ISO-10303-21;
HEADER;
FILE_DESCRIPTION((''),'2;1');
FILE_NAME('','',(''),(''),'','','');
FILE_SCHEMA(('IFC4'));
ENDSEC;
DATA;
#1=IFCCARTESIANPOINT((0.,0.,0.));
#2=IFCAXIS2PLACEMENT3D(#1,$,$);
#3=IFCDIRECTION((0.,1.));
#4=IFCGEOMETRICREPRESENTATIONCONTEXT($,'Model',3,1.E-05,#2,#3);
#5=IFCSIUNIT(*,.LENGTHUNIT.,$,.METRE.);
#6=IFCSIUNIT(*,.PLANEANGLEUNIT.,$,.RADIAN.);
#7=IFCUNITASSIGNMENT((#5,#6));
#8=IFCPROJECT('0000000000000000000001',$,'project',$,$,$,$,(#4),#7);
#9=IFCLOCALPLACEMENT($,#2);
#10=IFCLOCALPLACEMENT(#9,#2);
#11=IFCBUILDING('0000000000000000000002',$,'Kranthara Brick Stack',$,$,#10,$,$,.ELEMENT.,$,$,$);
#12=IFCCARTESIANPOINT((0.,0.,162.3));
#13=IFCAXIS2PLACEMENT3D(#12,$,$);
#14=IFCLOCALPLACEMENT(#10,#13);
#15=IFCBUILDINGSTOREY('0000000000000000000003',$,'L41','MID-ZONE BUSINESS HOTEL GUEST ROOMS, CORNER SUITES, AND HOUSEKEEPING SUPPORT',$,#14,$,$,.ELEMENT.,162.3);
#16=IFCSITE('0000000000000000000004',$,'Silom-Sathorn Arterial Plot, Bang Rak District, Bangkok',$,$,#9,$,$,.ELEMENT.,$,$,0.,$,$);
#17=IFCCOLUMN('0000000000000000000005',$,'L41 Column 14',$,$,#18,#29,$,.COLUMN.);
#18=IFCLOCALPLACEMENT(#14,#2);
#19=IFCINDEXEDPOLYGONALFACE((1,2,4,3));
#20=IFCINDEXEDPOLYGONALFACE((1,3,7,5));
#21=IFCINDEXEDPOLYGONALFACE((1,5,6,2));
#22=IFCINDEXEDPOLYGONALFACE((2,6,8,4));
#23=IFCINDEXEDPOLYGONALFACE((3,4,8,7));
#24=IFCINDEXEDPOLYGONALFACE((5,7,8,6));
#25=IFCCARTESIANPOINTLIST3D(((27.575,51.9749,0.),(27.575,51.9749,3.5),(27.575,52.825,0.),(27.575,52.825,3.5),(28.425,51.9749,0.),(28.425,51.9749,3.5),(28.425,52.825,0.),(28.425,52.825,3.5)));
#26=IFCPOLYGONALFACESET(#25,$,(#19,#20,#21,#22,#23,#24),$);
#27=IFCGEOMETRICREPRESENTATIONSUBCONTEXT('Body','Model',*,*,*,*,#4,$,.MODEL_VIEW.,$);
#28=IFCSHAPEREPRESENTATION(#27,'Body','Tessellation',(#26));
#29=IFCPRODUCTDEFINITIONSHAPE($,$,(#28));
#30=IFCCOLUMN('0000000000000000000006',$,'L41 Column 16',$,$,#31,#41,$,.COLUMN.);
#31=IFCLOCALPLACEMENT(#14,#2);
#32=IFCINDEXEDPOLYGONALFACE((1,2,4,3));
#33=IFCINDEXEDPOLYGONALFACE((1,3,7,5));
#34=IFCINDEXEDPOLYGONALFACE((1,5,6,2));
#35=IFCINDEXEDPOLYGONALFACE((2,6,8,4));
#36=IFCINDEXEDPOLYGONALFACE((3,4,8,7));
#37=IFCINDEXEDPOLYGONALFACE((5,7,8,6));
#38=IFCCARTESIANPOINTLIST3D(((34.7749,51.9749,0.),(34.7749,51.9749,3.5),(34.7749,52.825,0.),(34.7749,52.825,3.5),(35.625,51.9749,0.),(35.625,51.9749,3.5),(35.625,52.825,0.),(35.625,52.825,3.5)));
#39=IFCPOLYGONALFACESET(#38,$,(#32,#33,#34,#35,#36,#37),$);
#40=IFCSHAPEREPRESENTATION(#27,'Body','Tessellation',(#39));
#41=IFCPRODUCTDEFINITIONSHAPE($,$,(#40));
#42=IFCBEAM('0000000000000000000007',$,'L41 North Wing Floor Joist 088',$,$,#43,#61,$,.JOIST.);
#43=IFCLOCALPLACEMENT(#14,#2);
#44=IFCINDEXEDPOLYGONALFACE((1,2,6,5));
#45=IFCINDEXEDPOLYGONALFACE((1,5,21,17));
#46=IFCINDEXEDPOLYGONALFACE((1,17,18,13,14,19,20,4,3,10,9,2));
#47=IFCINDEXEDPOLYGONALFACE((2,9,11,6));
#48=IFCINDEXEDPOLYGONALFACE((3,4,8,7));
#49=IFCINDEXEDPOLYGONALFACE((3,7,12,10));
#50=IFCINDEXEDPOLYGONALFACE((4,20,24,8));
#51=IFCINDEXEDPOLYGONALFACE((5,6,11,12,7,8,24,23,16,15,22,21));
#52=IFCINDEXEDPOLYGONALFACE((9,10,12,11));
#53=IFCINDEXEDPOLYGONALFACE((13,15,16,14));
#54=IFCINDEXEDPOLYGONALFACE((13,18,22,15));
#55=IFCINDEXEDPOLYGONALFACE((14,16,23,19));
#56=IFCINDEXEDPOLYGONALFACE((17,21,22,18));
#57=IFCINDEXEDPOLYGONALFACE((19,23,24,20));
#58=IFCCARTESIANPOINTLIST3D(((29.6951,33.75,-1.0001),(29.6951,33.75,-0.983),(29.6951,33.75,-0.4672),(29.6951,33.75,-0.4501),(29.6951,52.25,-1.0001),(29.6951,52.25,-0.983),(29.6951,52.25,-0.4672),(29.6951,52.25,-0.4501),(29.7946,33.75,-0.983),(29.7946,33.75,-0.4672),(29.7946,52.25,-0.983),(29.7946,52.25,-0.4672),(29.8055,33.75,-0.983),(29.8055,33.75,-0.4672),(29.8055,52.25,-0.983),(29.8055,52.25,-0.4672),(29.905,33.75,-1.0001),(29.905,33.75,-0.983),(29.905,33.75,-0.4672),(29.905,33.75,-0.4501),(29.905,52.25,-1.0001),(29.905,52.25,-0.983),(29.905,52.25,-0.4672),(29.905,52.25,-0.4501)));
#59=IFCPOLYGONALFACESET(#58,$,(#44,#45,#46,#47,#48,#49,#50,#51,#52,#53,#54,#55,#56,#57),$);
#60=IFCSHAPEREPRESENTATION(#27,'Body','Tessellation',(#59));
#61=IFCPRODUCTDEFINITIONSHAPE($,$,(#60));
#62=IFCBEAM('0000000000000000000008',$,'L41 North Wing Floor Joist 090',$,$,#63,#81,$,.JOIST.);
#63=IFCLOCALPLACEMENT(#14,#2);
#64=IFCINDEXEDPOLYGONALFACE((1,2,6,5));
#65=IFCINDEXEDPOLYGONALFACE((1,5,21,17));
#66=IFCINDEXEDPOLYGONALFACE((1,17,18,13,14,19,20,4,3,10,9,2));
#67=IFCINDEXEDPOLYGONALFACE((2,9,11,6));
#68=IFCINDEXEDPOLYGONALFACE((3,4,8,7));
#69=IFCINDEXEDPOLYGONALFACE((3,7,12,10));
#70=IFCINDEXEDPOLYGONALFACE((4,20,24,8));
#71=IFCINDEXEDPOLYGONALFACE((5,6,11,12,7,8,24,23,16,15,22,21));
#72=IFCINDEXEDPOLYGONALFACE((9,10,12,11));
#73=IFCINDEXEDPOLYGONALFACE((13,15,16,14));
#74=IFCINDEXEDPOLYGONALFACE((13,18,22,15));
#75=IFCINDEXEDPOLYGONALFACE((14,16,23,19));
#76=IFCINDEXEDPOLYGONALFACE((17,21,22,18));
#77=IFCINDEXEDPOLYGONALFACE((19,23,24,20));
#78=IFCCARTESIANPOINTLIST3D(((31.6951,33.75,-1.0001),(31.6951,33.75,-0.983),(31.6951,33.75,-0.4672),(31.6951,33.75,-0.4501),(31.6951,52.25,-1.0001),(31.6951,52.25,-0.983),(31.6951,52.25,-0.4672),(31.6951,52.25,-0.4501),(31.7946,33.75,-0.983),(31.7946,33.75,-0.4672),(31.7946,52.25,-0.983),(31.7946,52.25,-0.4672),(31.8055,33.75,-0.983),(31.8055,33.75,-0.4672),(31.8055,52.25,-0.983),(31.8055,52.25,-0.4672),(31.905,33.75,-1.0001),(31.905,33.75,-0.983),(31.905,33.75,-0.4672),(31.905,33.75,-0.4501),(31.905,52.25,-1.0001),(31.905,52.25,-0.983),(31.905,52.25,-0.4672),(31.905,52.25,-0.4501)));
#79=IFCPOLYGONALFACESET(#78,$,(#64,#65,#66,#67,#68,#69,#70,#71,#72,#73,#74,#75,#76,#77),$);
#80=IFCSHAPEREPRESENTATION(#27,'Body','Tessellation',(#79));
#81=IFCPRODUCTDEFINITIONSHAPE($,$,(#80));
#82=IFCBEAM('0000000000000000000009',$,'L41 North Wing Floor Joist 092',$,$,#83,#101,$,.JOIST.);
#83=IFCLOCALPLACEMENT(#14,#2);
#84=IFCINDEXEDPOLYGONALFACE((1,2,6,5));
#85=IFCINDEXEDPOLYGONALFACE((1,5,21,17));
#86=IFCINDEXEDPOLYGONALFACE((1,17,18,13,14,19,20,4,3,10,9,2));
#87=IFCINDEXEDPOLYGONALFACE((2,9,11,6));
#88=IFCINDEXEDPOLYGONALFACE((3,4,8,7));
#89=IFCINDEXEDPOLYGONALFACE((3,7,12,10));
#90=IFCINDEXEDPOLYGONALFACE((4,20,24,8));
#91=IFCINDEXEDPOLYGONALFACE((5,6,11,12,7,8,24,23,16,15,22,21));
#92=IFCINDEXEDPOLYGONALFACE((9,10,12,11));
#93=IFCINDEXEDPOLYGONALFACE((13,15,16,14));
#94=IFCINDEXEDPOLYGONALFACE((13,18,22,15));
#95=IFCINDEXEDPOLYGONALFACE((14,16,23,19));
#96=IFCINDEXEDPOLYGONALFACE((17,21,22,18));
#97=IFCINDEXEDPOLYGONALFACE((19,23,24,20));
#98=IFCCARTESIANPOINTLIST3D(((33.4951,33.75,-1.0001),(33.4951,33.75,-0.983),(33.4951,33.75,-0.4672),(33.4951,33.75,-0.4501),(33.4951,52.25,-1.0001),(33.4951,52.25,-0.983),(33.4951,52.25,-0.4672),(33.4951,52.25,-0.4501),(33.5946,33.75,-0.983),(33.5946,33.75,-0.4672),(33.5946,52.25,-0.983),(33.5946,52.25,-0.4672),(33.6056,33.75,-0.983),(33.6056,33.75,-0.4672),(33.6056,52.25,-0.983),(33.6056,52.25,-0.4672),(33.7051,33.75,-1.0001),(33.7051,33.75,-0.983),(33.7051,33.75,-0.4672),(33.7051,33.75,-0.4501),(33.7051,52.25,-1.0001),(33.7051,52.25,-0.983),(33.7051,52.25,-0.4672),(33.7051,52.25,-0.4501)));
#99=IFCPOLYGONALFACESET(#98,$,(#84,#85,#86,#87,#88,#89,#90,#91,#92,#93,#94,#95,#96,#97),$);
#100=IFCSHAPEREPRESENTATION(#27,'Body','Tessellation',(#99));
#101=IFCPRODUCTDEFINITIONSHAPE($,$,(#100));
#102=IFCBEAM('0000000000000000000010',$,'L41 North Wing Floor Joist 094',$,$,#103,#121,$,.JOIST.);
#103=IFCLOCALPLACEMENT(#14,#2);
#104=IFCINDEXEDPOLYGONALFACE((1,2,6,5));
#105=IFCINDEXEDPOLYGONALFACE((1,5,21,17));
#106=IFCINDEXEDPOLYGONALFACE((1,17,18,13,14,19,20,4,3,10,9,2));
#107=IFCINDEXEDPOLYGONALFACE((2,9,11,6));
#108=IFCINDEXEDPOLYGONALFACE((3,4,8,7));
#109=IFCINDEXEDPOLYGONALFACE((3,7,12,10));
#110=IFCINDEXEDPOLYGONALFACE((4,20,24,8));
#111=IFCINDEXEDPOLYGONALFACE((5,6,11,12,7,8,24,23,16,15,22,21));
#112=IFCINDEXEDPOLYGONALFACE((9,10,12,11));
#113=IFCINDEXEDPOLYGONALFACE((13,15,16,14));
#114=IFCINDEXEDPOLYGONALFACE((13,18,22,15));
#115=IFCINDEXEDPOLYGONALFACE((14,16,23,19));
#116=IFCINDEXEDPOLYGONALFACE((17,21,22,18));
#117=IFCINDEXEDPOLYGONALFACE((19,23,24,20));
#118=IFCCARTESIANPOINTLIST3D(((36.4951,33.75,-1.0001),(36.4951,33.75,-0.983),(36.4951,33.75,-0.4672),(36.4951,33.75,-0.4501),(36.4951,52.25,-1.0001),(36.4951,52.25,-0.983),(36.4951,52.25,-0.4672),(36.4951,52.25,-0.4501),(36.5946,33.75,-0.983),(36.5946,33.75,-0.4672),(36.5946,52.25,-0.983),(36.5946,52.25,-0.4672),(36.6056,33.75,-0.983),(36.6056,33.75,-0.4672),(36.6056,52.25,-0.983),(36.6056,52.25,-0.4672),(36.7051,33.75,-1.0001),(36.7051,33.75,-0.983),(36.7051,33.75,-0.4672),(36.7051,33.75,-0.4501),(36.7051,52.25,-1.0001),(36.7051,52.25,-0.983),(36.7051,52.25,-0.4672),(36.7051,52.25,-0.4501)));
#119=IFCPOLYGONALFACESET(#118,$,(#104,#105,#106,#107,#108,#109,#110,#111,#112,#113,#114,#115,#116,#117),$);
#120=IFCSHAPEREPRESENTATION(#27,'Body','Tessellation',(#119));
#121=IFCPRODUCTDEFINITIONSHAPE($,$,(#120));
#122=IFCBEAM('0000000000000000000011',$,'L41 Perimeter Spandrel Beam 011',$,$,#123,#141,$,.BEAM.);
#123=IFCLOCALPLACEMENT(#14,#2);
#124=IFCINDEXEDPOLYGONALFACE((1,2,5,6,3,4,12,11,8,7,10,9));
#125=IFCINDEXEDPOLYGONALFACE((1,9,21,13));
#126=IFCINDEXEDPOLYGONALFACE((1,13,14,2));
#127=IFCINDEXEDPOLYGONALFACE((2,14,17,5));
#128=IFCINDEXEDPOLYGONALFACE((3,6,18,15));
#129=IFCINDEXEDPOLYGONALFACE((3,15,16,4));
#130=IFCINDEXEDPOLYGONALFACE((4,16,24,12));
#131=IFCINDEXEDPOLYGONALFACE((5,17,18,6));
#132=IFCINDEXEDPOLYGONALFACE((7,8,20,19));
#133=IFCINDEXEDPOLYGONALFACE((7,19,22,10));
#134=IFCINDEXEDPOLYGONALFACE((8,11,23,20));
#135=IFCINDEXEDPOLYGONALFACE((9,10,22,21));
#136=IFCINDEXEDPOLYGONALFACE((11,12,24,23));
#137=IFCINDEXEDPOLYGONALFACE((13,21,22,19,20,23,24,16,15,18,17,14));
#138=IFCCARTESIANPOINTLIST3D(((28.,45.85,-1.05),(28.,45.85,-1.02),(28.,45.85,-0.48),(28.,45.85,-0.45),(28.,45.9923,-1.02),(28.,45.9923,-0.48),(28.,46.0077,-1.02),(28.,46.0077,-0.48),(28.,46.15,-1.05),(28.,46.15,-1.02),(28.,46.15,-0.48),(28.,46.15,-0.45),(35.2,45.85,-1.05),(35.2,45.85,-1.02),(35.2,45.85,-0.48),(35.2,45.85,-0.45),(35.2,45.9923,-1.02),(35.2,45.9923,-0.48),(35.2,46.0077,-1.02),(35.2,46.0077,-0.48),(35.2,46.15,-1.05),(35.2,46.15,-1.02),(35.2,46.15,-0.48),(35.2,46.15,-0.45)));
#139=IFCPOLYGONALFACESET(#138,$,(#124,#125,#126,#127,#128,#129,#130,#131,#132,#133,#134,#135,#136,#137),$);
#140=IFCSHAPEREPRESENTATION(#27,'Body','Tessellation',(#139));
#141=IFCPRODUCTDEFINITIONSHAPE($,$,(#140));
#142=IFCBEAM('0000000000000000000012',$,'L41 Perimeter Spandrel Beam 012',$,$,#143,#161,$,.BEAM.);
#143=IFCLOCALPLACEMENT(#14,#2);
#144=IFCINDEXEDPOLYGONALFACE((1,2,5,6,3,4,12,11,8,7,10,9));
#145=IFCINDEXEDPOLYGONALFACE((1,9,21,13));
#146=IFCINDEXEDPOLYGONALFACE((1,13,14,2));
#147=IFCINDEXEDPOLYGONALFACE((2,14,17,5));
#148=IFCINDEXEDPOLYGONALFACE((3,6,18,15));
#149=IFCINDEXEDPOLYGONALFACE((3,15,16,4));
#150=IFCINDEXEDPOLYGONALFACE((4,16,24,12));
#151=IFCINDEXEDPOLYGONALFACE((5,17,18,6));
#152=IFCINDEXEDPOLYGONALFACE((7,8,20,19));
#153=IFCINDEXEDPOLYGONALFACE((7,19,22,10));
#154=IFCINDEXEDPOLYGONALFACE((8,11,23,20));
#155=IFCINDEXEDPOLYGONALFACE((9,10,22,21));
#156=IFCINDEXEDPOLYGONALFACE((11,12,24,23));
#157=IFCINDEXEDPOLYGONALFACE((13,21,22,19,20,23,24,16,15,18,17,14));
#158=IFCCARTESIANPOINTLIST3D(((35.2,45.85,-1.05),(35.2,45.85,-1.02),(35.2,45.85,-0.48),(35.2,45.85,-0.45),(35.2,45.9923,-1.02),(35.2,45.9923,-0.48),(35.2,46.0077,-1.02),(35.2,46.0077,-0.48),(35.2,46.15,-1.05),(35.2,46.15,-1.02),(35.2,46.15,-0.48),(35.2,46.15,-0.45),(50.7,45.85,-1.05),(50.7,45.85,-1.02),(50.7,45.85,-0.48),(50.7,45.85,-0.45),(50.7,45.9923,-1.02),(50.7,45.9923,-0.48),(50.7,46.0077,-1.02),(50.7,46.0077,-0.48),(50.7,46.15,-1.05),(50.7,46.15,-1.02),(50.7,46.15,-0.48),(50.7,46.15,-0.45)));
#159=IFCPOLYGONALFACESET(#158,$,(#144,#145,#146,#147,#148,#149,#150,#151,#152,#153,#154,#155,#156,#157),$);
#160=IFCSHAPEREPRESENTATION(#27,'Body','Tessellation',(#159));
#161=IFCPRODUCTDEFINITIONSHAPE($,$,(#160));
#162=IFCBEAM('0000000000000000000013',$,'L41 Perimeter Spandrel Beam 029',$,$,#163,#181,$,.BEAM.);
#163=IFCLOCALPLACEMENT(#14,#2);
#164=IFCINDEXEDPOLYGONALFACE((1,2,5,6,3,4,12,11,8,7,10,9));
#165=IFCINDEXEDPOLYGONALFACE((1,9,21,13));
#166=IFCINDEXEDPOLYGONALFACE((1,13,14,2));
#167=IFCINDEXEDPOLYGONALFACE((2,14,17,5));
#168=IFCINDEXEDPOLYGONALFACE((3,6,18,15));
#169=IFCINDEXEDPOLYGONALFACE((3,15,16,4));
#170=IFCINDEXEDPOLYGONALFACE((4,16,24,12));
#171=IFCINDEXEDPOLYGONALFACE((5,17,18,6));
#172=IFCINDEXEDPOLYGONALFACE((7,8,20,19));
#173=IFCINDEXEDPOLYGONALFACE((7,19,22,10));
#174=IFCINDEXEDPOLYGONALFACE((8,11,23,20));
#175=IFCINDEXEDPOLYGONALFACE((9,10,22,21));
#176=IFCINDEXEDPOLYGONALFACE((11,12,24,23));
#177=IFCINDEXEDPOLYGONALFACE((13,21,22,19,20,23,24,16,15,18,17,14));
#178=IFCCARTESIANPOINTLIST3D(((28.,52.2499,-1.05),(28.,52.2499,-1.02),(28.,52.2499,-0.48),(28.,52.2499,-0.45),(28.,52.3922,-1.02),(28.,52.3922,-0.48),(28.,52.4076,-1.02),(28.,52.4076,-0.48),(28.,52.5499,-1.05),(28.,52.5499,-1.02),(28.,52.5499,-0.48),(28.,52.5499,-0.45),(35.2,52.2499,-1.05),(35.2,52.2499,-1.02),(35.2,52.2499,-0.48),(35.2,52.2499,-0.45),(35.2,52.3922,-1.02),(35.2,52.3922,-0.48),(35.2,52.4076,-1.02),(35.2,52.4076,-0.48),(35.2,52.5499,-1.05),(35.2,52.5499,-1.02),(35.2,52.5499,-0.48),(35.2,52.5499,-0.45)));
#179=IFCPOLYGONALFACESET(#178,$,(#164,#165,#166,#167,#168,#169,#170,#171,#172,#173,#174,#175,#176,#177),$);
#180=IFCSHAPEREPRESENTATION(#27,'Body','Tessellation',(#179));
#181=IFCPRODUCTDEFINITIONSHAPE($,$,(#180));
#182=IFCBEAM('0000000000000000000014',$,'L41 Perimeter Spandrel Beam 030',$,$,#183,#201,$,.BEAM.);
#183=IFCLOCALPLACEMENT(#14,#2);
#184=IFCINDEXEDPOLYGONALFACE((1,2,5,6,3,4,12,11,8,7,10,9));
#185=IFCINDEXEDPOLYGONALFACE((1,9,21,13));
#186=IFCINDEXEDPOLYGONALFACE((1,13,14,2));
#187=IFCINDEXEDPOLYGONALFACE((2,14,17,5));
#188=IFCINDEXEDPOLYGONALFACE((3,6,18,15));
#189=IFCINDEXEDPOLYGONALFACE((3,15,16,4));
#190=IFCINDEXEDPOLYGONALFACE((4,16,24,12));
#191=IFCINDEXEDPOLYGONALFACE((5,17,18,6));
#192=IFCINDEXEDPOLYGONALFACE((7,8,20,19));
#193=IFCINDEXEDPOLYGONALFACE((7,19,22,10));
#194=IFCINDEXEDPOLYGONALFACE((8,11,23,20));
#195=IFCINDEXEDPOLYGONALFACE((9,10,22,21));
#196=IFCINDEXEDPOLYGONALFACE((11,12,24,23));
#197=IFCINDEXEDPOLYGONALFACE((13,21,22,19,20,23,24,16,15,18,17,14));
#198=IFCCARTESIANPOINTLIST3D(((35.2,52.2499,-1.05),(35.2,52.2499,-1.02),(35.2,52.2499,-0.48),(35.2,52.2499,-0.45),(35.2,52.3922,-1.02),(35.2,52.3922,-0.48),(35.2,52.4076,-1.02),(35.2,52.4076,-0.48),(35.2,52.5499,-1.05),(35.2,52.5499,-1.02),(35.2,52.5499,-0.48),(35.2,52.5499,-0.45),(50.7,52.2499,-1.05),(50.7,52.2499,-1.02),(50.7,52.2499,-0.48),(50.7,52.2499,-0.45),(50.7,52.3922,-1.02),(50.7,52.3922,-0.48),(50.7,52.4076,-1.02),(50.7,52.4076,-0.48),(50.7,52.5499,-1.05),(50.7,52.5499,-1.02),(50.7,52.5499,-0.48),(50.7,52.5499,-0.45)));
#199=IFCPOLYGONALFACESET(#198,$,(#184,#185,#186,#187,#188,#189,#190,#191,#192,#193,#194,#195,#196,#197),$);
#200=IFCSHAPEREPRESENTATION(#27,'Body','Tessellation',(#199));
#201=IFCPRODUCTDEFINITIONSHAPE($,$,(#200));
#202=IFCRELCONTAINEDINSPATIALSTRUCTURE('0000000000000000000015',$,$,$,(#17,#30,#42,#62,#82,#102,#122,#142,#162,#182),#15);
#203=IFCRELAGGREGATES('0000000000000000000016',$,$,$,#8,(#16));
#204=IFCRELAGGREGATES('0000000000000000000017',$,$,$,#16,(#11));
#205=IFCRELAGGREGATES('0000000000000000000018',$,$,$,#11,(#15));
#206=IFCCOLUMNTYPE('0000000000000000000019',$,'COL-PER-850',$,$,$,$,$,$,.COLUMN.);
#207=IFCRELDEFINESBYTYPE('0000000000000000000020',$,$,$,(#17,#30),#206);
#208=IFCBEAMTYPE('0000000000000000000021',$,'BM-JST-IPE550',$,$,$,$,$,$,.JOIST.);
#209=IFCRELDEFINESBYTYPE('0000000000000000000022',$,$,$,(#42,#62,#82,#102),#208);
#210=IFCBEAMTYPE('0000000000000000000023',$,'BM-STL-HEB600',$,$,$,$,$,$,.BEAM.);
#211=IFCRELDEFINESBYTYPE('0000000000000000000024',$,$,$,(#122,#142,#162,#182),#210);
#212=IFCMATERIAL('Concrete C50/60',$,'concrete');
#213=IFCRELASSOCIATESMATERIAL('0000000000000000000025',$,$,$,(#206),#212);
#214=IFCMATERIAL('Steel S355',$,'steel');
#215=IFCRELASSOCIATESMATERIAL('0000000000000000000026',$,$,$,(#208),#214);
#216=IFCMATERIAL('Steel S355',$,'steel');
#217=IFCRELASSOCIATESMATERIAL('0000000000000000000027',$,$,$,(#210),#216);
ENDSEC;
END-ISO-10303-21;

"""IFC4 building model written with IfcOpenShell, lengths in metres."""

from ifc_helpers import new_model, si_unit, direction, frame, origin, origin_2d, place, context, subcontext, project, spatial, rectangle, i_section, extrude, material, material_profile, profile_set, type_object, element, save


model = new_model("IFC4")

# Units and contexts
model_context = context("Model", 3, precision=1e-05, world=origin(), true_north=direction((0.0, 1.0)))
body_context = subcontext(model_context, "Body", "Model", "MODEL_VIEW")
ifc_project = project(units=[si_unit("LENGTHUNIT", "METRE"), si_unit("PLANEANGLEUNIT", "RADIAN")], contexts=[model_context])

# Site, building, storey
site_placement = place(None, origin())
site = spatial("IfcSite", under=ifc_project, at=site_placement, Name="Silom-Sathorn Arterial Plot, Bang Rak District, Bangkok", CompositionType="ELEMENT", RefElevation=0.0)
building_placement = place(site_placement, origin())
building = spatial("IfcBuilding", under=site, at=building_placement, Name="Kranthara Brick Stack", CompositionType="ELEMENT")
storey_placement = place(building_placement, frame((0.0, 0.0, 162.3)))
storey = spatial("IfcBuildingStorey", under=building, at=storey_placement, Name="L41", Description="MID-ZONE BUSINESS HOTEL GUEST ROOMS, CORNER SUITES, AND HOUSEKEEPING SUPPORT", CompositionType="ELEMENT", Elevation=162.3)

# Columns
ifc_material_1 = material(Name="Concrete C50/60", Category="concrete")
ifc_material_profile_1 = material_profile(ifc_material_1, rectangle(XDim=0.8501, YDim=0.8501, at=origin_2d()), Name="RC 850x850")
ifc_profile_set_1 = profile_set([ifc_material_profile_1], Name="Concrete C50/60")
column_type = type_object("IfcColumnType", Name="COL-PER-850", PredefinedType="COLUMN", material=ifc_profile_set_1)
for number, where, z_axis, x_axis, name in (
    (1, (28.0, 52.3999, 0.0), (0.0, 0.0, 1.0), (1.0, 0.0, 0.0), "L41 Column 14"),
    (2, (35.2, 52.3999, 0.0), (0.0, 0.0, 1.0), (1.0, 0.0, 0.0), "L41 Column 16"),
):
    element("IfcColumn", number, at=place(storey_placement, frame(where, z_axis=z_axis, x_axis=x_axis)), inside=storey, type_object=column_type, Name=name, PredefinedType="COLUMN", context=body_context, shape_type="SweptSolid", body=[
        extrude(rectangle(XDim=0.8501, YDim=0.8501, at=origin_2d()), origin(), (0.0, 0.0, 1.0), 3.5),
    ])

# Beams
ifc_material_2 = material(Name="Steel S355", Category="steel")
ifc_material_profile_2 = material_profile(ifc_material_2, i_section(OverallWidth=0.21, OverallDepth=0.55, WebThickness=0.011, FlangeThickness=0.0171, at=origin_2d()), Name="IPE 550")
ifc_profile_set_2 = profile_set([ifc_material_profile_2], Name="Steel S355")
beam_type_1 = type_object("IfcBeamType", Name="BM-JST-IPE550", PredefinedType="JOIST", material=ifc_profile_set_2)
for number, where, z_axis, x_axis, name in (
    (3, (29.8, 33.75, -0.7251), (0.0, 1.0, 0.0), (-1.0, 0.0, 0.0), "L41 North Wing Floor Joist 088"),
    (4, (31.8, 33.75, -0.7251), (0.0, 1.0, 0.0), (-1.0, 0.0, 0.0), "L41 North Wing Floor Joist 090"),
    (5, (33.6001, 33.75, -0.7251), (0.0, 1.0, 0.0), (-1.0, 0.0, 0.0), "L41 North Wing Floor Joist 092"),
    (6, (36.6001, 33.75, -0.7251), (0.0, 1.0, 0.0), (-1.0, 0.0, 0.0), "L41 North Wing Floor Joist 094"),
):
    element("IfcBeam", number, at=place(storey_placement, frame(where, z_axis=z_axis, x_axis=x_axis)), inside=storey, type_object=beam_type_1, Name=name, PredefinedType="JOIST", context=body_context, shape_type="SweptSolid", body=[
        extrude(i_section(OverallWidth=0.21, OverallDepth=0.55, WebThickness=0.011, FlangeThickness=0.0171, at=origin_2d()), origin(), (0.0, 0.0, 1.0), 18.5),
    ])
ifc_material_3 = material(Name="Steel S355", Category="steel")
ifc_material_profile_3 = material_profile(ifc_material_3, i_section(OverallWidth=0.3, OverallDepth=0.6001, WebThickness=0.0154, FlangeThickness=0.03, at=origin_2d()), Name="HEB 600")
ifc_profile_set_3 = profile_set([ifc_material_profile_3], Name="Steel S355")
beam_type_2 = type_object("IfcBeamType", Name="BM-STL-HEB600", PredefinedType="BEAM", material=ifc_profile_set_3)
beam_1_placement = place(storey_placement, frame((28.0, 46.0, -0.75), z_axis=(1.0, 0.0, 0.0), x_axis=(0.0, 1.0, 0.0)))
element("IfcBeam", 7, at=beam_1_placement, inside=storey, type_object=beam_type_2, Name="L41 Perimeter Spandrel Beam 011", PredefinedType="BEAM", context=body_context, shape_type="SweptSolid", body=[
    extrude(i_section(OverallWidth=0.3, OverallDepth=0.6001, WebThickness=0.0154, FlangeThickness=0.03, at=origin_2d()), origin(), (0.0, 0.0, 1.0), 7.2),
])
beam_2_placement = place(storey_placement, frame((35.2, 46.0, -0.75), z_axis=(1.0, 0.0, 0.0), x_axis=(0.0, 1.0, 0.0)))
element("IfcBeam", 8, at=beam_2_placement, inside=storey, type_object=beam_type_2, Name="L41 Perimeter Spandrel Beam 012", PredefinedType="BEAM", context=body_context, shape_type="SweptSolid", body=[
    extrude(i_section(OverallWidth=0.3, OverallDepth=0.6001, WebThickness=0.0154, FlangeThickness=0.03, at=origin_2d()), origin(), (0.0, 0.0, 1.0), 15.5),
])
beam_3_placement = place(storey_placement, frame((28.0, 52.3999, -0.75), z_axis=(1.0, 0.0, 0.0), x_axis=(0.0, 1.0, 0.0)))
element("IfcBeam", 9, at=beam_3_placement, inside=storey, type_object=beam_type_2, Name="L41 Perimeter Spandrel Beam 029", PredefinedType="BEAM", context=body_context, shape_type="SweptSolid", body=[
    extrude(i_section(OverallWidth=0.3, OverallDepth=0.6001, WebThickness=0.0154, FlangeThickness=0.03, at=origin_2d()), origin(), (0.0, 0.0, 1.0), 7.2),
])
beam_4_placement = place(storey_placement, frame((35.2, 52.3999, -0.75), z_axis=(1.0, 0.0, 0.0), x_axis=(0.0, 1.0, 0.0)))
element("IfcBeam", 10, at=beam_4_placement, inside=storey, type_object=beam_type_2, Name="L41 Perimeter Spandrel Beam 030", PredefinedType="BEAM", context=body_context, shape_type="SweptSolid", body=[
    extrude(i_section(OverallWidth=0.3, OverallDepth=0.6001, WebThickness=0.0154, FlangeThickness=0.03, at=origin_2d()), origin(), (0.0, 0.0, 1.0), 15.5),
])

save(model, "model.ifc")
